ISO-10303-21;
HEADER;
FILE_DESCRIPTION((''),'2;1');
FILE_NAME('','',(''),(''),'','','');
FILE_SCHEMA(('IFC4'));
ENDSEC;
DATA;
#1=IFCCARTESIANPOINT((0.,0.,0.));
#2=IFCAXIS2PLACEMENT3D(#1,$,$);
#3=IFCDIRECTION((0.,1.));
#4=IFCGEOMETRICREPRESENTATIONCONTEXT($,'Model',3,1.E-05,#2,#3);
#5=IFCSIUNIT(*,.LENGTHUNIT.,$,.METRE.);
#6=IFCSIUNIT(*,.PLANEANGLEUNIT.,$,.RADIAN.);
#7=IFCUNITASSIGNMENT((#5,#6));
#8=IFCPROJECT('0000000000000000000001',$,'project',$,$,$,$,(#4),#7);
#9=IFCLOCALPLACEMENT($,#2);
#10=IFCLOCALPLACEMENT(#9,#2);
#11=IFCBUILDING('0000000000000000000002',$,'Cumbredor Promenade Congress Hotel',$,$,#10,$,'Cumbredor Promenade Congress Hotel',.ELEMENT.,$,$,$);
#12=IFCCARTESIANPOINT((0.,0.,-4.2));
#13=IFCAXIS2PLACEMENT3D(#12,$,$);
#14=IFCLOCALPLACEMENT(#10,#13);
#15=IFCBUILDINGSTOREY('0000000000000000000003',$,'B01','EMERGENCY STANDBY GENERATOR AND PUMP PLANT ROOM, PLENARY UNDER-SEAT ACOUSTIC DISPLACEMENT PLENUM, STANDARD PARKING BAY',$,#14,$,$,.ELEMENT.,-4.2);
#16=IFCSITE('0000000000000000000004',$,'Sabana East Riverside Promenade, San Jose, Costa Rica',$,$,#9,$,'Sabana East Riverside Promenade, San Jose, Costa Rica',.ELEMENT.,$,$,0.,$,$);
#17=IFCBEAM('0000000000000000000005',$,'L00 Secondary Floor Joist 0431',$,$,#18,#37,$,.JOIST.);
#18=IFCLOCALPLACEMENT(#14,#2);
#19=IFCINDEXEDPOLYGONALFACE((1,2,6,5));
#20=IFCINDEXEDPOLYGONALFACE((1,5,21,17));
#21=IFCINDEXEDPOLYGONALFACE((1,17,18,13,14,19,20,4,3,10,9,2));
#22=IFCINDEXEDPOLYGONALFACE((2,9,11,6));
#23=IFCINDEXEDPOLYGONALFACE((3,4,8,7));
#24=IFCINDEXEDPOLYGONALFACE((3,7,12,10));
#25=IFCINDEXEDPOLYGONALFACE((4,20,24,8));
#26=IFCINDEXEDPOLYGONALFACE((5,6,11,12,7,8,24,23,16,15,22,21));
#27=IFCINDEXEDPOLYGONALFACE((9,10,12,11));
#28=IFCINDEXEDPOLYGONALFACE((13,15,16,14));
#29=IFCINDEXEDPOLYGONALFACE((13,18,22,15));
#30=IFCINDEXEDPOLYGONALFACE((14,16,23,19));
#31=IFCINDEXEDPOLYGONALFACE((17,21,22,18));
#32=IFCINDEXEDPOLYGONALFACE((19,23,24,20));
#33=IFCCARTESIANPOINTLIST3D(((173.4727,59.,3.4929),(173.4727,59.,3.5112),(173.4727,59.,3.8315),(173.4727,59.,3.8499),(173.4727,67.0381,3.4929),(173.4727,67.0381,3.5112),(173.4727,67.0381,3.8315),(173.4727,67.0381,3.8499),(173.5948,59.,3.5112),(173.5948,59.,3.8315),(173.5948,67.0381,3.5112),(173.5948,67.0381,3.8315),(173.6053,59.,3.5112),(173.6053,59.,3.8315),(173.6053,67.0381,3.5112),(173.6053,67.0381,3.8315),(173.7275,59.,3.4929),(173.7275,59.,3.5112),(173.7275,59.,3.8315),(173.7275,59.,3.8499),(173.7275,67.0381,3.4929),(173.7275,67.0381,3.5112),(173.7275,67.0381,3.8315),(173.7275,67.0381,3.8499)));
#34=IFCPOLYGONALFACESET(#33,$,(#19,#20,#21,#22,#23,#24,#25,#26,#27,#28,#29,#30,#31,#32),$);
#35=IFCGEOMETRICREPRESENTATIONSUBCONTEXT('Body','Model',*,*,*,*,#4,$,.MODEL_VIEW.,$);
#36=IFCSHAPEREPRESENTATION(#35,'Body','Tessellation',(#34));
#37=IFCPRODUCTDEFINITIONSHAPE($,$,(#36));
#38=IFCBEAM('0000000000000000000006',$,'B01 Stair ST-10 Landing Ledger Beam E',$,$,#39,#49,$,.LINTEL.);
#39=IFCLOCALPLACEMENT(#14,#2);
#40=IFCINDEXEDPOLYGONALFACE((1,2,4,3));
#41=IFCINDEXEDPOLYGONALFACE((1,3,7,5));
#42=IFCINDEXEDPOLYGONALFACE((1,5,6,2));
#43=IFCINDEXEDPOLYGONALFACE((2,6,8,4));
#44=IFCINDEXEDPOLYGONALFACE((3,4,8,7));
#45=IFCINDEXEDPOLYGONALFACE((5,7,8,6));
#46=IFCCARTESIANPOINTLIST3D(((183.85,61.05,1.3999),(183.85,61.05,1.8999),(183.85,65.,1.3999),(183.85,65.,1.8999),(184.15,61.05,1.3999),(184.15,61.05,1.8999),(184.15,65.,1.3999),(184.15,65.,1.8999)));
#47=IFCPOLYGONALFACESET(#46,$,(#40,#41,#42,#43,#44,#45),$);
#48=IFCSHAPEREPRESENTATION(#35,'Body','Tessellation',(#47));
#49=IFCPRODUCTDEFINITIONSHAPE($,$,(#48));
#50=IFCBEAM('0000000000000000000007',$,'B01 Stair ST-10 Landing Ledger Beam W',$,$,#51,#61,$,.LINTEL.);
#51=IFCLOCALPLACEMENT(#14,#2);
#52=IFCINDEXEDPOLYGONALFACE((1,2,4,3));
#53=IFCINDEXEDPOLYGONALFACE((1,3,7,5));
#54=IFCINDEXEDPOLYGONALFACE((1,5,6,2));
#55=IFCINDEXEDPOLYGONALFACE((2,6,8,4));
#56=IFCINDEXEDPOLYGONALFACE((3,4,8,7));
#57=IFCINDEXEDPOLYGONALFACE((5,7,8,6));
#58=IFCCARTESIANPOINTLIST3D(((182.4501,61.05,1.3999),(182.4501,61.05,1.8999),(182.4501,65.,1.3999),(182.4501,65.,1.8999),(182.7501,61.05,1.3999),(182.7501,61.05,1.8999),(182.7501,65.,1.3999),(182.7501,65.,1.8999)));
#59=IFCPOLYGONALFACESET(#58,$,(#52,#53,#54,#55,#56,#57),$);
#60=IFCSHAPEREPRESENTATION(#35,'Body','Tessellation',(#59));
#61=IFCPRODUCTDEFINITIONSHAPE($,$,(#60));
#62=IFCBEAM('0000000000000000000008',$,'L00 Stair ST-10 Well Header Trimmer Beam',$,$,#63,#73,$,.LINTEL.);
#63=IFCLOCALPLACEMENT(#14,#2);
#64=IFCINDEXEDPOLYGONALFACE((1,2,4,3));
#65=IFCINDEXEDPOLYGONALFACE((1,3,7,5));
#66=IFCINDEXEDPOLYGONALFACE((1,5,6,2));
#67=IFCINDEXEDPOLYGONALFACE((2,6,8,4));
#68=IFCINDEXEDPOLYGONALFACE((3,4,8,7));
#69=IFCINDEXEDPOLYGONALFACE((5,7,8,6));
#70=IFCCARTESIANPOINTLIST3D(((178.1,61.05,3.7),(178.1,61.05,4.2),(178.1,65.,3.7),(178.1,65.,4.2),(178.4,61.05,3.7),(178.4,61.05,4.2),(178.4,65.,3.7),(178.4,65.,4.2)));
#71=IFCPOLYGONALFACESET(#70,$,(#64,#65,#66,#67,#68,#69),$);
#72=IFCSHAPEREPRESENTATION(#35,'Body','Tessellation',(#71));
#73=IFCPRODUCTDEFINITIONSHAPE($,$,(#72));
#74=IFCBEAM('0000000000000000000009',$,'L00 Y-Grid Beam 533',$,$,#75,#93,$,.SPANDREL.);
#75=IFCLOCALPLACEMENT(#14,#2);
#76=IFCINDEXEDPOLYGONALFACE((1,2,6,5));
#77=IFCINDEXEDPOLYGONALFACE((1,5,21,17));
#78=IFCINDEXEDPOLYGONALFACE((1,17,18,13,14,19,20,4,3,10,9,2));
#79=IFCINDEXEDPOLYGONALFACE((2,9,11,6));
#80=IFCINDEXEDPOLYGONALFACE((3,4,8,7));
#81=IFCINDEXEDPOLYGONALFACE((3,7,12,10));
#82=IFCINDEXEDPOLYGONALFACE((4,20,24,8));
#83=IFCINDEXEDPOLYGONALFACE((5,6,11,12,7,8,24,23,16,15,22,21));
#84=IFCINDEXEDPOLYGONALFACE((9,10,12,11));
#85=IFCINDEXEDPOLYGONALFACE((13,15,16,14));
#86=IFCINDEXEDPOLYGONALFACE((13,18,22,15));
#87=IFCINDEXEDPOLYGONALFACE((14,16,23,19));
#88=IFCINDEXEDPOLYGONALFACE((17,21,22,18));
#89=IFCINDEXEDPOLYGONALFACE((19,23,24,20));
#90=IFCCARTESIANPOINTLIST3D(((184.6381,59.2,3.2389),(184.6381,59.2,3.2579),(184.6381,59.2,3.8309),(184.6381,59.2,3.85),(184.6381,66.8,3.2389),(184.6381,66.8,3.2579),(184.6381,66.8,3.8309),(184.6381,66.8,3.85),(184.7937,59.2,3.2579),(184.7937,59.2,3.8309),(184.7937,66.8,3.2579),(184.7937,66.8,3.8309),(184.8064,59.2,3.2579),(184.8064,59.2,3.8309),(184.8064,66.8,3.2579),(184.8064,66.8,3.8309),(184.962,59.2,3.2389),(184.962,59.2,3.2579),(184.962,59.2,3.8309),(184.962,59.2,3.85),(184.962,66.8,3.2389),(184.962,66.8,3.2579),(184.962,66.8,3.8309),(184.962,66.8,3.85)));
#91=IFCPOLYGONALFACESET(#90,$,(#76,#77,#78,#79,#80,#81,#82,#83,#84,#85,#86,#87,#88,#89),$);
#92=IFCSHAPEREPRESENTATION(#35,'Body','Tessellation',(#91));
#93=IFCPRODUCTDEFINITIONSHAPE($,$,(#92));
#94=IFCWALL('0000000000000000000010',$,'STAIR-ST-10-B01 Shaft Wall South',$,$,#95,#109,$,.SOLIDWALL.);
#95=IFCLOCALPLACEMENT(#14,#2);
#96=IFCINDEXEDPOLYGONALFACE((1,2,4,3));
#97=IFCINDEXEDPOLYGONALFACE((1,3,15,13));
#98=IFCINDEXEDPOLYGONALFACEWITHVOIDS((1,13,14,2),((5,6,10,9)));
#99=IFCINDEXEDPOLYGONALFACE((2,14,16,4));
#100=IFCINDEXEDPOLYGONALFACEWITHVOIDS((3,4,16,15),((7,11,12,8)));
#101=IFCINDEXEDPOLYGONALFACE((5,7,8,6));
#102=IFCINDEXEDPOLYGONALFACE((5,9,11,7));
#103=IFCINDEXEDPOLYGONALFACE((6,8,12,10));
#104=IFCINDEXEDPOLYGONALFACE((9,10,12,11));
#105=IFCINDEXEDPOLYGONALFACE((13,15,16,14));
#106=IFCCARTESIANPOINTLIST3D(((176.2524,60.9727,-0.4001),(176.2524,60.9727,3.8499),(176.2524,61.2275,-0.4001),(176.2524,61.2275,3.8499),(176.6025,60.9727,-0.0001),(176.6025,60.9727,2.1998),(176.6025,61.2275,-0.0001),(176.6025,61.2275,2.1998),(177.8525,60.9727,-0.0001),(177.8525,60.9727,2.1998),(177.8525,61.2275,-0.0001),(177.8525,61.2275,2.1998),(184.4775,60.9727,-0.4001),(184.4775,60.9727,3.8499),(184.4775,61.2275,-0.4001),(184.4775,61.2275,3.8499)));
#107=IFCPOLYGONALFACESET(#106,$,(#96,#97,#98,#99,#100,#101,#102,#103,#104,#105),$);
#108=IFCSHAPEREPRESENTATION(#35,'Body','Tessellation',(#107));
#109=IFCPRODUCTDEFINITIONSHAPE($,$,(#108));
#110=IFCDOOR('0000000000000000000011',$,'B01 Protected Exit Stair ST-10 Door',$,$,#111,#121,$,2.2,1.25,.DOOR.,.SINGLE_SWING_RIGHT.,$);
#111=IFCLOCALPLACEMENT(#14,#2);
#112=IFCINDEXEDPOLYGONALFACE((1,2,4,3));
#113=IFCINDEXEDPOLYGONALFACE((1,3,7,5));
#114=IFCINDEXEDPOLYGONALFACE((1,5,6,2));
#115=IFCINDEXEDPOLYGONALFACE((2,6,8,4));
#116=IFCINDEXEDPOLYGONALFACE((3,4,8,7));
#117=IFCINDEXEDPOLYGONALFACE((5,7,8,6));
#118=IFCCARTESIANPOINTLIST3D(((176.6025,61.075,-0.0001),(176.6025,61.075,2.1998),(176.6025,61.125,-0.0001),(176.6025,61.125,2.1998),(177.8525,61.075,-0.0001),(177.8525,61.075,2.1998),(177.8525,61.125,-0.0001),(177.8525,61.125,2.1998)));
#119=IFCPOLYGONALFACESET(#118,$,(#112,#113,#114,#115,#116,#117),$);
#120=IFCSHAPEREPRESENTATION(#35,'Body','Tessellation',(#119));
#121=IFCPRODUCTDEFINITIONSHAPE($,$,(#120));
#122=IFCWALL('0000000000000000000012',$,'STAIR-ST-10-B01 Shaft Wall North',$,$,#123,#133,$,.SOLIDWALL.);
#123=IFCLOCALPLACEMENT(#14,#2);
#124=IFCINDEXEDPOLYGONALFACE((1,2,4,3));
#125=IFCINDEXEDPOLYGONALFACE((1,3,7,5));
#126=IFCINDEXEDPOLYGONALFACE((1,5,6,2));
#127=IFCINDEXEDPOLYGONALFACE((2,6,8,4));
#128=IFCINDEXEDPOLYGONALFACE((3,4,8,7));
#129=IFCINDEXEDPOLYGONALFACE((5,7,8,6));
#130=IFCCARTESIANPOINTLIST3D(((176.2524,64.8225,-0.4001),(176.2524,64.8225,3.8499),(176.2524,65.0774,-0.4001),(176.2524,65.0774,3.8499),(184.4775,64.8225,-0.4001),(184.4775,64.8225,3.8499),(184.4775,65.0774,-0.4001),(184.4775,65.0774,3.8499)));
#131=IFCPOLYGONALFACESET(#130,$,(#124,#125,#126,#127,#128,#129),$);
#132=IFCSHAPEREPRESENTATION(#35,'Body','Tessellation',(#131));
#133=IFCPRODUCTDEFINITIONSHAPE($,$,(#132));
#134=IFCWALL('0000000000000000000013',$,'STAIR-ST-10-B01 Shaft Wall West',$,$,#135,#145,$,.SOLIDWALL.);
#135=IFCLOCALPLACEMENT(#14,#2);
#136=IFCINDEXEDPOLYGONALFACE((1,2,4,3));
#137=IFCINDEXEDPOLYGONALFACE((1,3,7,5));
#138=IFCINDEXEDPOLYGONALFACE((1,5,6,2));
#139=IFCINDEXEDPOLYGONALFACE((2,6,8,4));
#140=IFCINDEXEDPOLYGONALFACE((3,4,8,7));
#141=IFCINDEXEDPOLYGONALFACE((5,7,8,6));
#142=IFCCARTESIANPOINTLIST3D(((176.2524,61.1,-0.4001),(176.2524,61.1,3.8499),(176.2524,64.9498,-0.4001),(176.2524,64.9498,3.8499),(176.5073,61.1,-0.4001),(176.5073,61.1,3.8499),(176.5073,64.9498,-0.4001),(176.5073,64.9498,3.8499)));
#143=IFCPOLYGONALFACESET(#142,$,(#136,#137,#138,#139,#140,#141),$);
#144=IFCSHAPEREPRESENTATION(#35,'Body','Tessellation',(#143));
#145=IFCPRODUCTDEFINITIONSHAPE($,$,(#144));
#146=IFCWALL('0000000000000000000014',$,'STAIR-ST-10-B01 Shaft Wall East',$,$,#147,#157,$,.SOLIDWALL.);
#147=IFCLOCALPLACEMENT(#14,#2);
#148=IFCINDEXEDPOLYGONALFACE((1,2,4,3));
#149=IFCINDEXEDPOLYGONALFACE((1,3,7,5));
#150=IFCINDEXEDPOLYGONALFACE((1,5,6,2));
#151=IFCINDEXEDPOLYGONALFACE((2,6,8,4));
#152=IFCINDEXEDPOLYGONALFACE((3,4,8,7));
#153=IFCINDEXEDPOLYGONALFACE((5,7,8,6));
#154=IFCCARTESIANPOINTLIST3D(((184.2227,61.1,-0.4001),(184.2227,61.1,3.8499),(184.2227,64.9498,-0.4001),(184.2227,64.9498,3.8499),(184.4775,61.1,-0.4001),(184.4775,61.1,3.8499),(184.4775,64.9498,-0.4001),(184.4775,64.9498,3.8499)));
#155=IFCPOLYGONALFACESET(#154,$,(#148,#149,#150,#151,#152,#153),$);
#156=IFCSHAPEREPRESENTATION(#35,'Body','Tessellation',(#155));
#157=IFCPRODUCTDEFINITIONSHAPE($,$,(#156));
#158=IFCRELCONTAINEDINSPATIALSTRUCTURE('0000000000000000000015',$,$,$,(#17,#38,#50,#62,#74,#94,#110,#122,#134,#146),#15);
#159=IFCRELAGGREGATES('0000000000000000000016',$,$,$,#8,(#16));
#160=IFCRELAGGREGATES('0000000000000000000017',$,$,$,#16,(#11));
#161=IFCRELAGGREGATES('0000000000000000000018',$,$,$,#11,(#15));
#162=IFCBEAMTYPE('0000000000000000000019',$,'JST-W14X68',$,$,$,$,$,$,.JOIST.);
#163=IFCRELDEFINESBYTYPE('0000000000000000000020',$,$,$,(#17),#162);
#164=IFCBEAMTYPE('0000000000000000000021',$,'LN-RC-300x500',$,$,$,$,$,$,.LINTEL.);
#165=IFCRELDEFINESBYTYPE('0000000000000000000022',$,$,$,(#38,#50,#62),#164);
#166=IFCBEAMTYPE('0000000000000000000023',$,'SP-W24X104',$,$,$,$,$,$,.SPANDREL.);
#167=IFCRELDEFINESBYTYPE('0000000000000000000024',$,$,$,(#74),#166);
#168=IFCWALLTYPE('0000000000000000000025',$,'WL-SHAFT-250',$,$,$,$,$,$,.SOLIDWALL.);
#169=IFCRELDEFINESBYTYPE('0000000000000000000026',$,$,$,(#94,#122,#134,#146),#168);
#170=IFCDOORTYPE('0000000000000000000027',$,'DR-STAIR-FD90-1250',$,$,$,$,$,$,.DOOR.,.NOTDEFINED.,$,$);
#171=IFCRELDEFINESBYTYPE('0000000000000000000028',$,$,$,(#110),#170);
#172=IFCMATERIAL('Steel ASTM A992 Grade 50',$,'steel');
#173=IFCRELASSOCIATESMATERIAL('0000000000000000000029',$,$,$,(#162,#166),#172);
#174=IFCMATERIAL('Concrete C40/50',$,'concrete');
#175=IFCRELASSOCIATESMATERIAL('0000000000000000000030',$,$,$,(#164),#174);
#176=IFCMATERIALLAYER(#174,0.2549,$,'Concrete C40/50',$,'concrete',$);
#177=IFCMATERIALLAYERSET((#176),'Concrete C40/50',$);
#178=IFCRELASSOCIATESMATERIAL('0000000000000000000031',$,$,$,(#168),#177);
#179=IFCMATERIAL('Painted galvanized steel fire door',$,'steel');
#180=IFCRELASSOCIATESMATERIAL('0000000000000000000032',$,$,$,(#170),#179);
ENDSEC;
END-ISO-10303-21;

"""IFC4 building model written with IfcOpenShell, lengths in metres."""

from ifc_helpers import new_model, si_unit, direction, frame, frame_2d, origin, origin_2d, place, context, subcontext, project, spatial, rectangle, i_section, extrude, material, layer, layer_set, material_profile, profile_set, type_object, element, fill, save


model = new_model("IFC4")

# Units and contexts
model_context = context("Model", 3, precision=1e-05, world=origin(), true_north=direction((0.0, 1.0)))
body_context = subcontext(model_context, "Body", "Model", "MODEL_VIEW")
ifc_project = project(units=[si_unit("LENGTHUNIT", "METRE"), si_unit("PLANEANGLEUNIT", "RADIAN")], contexts=[model_context])

# Site, building, storey
site_placement = place(None, origin())
site = spatial("IfcSite", under=ifc_project, at=site_placement, Name="Sabana East Riverside Promenade, San Jose, Costa Rica", LongName="Sabana East Riverside Promenade, San Jose, Costa Rica", CompositionType="ELEMENT", RefElevation=0.0)
building_placement = place(site_placement, origin())
building = spatial("IfcBuilding", under=site, at=building_placement, Name="Cumbredor Promenade Congress Hotel", LongName="Cumbredor Promenade Congress Hotel", CompositionType="ELEMENT")
storey_placement = place(building_placement, frame((0.0, 0.0, -4.2)))
storey = spatial("IfcBuildingStorey", under=building, at=storey_placement, Name="B01", Description="EMERGENCY STANDBY GENERATOR AND PUMP PLANT ROOM, PLENARY UNDER-SEAT ACOUSTIC DISPLACEMENT PLENUM, STANDARD PARKING BAY", CompositionType="ELEMENT", Elevation=-4.2)

# Beams
ifc_material_1 = material(Name="Concrete C40/50", Category="concrete")
ifc_material_2 = material(Name="Steel ASTM A992 Grade 50", Category="steel")
ifc_material_profile_1 = material_profile(ifc_material_2, i_section(OverallWidth=0.2549, OverallDepth=0.3569, WebThickness=0.0105, FlangeThickness=0.0183, at=origin_2d()), Name="W14X68")
ifc_profile_set_1 = profile_set([ifc_material_profile_1], Name="Steel ASTM A992 Grade 50")
beam_type_1 = type_object("IfcBeamType", Name="JST-W14X68", PredefinedType="JOIST", material=ifc_profile_set_1)
for number, where, z_axis, x_axis, name in (
    (1, (173.6001, 59.0, 3.6714), (0.0, 1.0, 0.0), (-1.0, 0.0, 0.0), "L00 Secondary Floor Joist 0431"),
):
    element("IfcBeam", number, at=place(storey_placement, frame(where, z_axis=z_axis, x_axis=x_axis)), inside=storey, type_object=beam_type_1, Name=name, PredefinedType="JOIST", context=body_context, shape_type="SweptSolid", body=[
        extrude(i_section(OverallWidth=0.2549, OverallDepth=0.3569, WebThickness=0.0105, FlangeThickness=0.0183, at=origin_2d()), origin(), (0.0, 0.0, 1.0), 8.0381),
    ])
ifc_material_profile_2 = material_profile(ifc_material_1, rectangle(XDim=0.3, YDim=0.5, at=origin_2d()), Name="RC LINTEL 300x500")
ifc_profile_set_2 = profile_set([ifc_material_profile_2], Name="Concrete C40/50")
beam_type_2 = type_object("IfcBeamType", Name="LN-RC-300x500", PredefinedType="LINTEL", material=ifc_profile_set_2)
for number, where, z_axis, x_axis, name in (
    (2, (184.0, 61.05, 1.6499), (0.0, 1.0, 0.0), (-1.0, 0.0, 0.0), "B01 Stair ST-10 Landing Ledger Beam E"),
    (3, (182.6001, 61.05, 1.6499), (0.0, 1.0, 0.0), (-1.0, 0.0, 0.0), "B01 Stair ST-10 Landing Ledger Beam W"),
    (4, (178.25, 61.05, 3.95), (0.0, 1.0, 0.0), (-1.0, 0.0, 0.0), "L00 Stair ST-10 Well Header Trimmer Beam"),
):
    element("IfcBeam", number, at=place(storey_placement, frame(where, z_axis=z_axis, x_axis=x_axis)), inside=storey, type_object=beam_type_2, Name=name, PredefinedType="LINTEL", context=body_context, shape_type="SweptSolid", body=[
        extrude(rectangle(XDim=0.3, YDim=0.5, at=origin_2d()), origin(), (0.0, 0.0, 1.0), 3.95),
    ])
ifc_material_profile_3 = material_profile(ifc_material_2, i_section(OverallWidth=0.324, OverallDepth=0.6111, WebThickness=0.0127, FlangeThickness=0.019, at=origin_2d()), Name="W24X104")
ifc_profile_set_3 = profile_set([ifc_material_profile_3], Name="Steel ASTM A992 Grade 50")
beam_type_3 = type_object("IfcBeamType", Name="SP-W24X104", PredefinedType="SPANDREL", material=ifc_profile_set_3)
beam_1_placement = place(storey_placement, frame((184.8, 59.2, 3.5444), z_axis=(0.0, 1.0, 0.0), x_axis=(-1.0, 0.0, 0.0)))
element("IfcBeam", 5, at=beam_1_placement, inside=storey, type_object=beam_type_3, Name="L00 Y-Grid Beam 533", PredefinedType="SPANDREL", context=body_context, shape_type="SweptSolid", body=[
    extrude(i_section(OverallWidth=0.324, OverallDepth=0.6111, WebThickness=0.0127, FlangeThickness=0.019, at=origin_2d()), origin(), (0.0, 0.0, 1.0), 7.6001),
])

# Wall, opening, door
ifc_layer = layer(ifc_material_1, 0.2549, Name="Concrete C40/50", Category="concrete")
ifc_layer_set = layer_set([ifc_layer], Name="Concrete C40/50")
wall_type = type_object("IfcWallType", Name="WL-SHAFT-250", PredefinedType="SOLIDWALL", material=ifc_layer_set)
wall_1_placement = place(storey_placement, frame((176.2524, 61.1001, -0.4001), z_axis=(0.0, 0.0, 1.0), x_axis=(1.0, 0.0, 0.0)))
wall_1 = element("IfcWall", 6, at=wall_1_placement, inside=storey, type_object=wall_type, Name="STAIR-ST-10-B01 Shaft Wall South", PredefinedType="SOLIDWALL", context=body_context, shape_type="SweptSolid", body=[
    extrude(rectangle(XDim=8.2251, YDim=0.2549, at=frame_2d((4.1125, 0.0))), origin(), (0.0, 0.0, 1.0), 4.25),
])
opening_placement = place(wall_1_placement, frame((0.3501, 0.0, 0.3999)))
opening = element("IfcOpeningElement", 7, at=opening_placement, cuts=wall_1, PredefinedType="OPENING", context=body_context, shape_type="SweptSolid", body=[
    extrude(rectangle(XDim=1.25, YDim=2.2, at=frame_2d((0.625, 1.1001))), frame((0.0, 0.1375, 0.0), z_axis=(0.0, -1.0, 0.0), x_axis=(1.0, 0.0, 0.0)), (0.0, 0.0, 1.0), 0.2749),
])
ifc_material_3 = material(Name="Painted galvanized steel fire door", Category="steel")
door_type = type_object("IfcDoorType", Name="DR-STAIR-FD90-1250", OperationType="NOTDEFINED", PredefinedType="DOOR", material=ifc_material_3)
door_placement = place(opening_placement, origin())
door = element("IfcDoor", 8, at=door_placement, inside=storey, type_object=door_type, Name="B01 Protected Exit Stair ST-10 Door", OperationType="SINGLE_SWING_RIGHT", OverallHeight=2.2, OverallWidth=1.25, PredefinedType="DOOR", context=body_context, shape_type="SweptSolid", body=[
    extrude(rectangle(XDim=1.25, YDim=2.2, at=frame_2d((0.625, 1.1001))), frame((0.0, 0.0249, 0.0), z_axis=(0.0, -1.0, 0.0), x_axis=(1.0, 0.0, 0.0)), (0.0, 0.0, 1.0), 0.05),
])
fill(opening, door)

# Walls
wall_2_placement = place(storey_placement, frame((176.2524, 64.95, -0.4001), z_axis=(0.0, 0.0, 1.0), x_axis=(1.0, 0.0, 0.0)))
element("IfcWall", 9, at=wall_2_placement, inside=storey, type_object=wall_type, Name="STAIR-ST-10-B01 Shaft Wall North", PredefinedType="SOLIDWALL", context=body_context, shape_type="SweptSolid", body=[
    extrude(rectangle(XDim=8.2251, YDim=0.2549, at=frame_2d((4.1125, 0.0))), origin(), (0.0, 0.0, 1.0), 4.25),
])
for number, where, z_axis, x_axis, name in (
    (10, (176.3799, 61.1001, -0.4001), (0.0, 0.0, 1.0), (0.0, 1.0, 0.0), "STAIR-ST-10-B01 Shaft Wall West"),
    (11, (184.3501, 61.1001, -0.4001), (0.0, 0.0, 1.0), (0.0, 1.0, 0.0), "STAIR-ST-10-B01 Shaft Wall East"),
):
    element("IfcWall", number, at=place(storey_placement, frame(where, z_axis=z_axis, x_axis=x_axis)), inside=storey, type_object=wall_type, Name=name, PredefinedType="SOLIDWALL", context=body_context, shape_type="SweptSolid", body=[
        extrude(rectangle(XDim=3.8499, YDim=0.2549, at=frame_2d((1.9248, 0.0))), origin(), (0.0, 0.0, 1.0), 4.25),
    ])

save(model, "model.ifc")
